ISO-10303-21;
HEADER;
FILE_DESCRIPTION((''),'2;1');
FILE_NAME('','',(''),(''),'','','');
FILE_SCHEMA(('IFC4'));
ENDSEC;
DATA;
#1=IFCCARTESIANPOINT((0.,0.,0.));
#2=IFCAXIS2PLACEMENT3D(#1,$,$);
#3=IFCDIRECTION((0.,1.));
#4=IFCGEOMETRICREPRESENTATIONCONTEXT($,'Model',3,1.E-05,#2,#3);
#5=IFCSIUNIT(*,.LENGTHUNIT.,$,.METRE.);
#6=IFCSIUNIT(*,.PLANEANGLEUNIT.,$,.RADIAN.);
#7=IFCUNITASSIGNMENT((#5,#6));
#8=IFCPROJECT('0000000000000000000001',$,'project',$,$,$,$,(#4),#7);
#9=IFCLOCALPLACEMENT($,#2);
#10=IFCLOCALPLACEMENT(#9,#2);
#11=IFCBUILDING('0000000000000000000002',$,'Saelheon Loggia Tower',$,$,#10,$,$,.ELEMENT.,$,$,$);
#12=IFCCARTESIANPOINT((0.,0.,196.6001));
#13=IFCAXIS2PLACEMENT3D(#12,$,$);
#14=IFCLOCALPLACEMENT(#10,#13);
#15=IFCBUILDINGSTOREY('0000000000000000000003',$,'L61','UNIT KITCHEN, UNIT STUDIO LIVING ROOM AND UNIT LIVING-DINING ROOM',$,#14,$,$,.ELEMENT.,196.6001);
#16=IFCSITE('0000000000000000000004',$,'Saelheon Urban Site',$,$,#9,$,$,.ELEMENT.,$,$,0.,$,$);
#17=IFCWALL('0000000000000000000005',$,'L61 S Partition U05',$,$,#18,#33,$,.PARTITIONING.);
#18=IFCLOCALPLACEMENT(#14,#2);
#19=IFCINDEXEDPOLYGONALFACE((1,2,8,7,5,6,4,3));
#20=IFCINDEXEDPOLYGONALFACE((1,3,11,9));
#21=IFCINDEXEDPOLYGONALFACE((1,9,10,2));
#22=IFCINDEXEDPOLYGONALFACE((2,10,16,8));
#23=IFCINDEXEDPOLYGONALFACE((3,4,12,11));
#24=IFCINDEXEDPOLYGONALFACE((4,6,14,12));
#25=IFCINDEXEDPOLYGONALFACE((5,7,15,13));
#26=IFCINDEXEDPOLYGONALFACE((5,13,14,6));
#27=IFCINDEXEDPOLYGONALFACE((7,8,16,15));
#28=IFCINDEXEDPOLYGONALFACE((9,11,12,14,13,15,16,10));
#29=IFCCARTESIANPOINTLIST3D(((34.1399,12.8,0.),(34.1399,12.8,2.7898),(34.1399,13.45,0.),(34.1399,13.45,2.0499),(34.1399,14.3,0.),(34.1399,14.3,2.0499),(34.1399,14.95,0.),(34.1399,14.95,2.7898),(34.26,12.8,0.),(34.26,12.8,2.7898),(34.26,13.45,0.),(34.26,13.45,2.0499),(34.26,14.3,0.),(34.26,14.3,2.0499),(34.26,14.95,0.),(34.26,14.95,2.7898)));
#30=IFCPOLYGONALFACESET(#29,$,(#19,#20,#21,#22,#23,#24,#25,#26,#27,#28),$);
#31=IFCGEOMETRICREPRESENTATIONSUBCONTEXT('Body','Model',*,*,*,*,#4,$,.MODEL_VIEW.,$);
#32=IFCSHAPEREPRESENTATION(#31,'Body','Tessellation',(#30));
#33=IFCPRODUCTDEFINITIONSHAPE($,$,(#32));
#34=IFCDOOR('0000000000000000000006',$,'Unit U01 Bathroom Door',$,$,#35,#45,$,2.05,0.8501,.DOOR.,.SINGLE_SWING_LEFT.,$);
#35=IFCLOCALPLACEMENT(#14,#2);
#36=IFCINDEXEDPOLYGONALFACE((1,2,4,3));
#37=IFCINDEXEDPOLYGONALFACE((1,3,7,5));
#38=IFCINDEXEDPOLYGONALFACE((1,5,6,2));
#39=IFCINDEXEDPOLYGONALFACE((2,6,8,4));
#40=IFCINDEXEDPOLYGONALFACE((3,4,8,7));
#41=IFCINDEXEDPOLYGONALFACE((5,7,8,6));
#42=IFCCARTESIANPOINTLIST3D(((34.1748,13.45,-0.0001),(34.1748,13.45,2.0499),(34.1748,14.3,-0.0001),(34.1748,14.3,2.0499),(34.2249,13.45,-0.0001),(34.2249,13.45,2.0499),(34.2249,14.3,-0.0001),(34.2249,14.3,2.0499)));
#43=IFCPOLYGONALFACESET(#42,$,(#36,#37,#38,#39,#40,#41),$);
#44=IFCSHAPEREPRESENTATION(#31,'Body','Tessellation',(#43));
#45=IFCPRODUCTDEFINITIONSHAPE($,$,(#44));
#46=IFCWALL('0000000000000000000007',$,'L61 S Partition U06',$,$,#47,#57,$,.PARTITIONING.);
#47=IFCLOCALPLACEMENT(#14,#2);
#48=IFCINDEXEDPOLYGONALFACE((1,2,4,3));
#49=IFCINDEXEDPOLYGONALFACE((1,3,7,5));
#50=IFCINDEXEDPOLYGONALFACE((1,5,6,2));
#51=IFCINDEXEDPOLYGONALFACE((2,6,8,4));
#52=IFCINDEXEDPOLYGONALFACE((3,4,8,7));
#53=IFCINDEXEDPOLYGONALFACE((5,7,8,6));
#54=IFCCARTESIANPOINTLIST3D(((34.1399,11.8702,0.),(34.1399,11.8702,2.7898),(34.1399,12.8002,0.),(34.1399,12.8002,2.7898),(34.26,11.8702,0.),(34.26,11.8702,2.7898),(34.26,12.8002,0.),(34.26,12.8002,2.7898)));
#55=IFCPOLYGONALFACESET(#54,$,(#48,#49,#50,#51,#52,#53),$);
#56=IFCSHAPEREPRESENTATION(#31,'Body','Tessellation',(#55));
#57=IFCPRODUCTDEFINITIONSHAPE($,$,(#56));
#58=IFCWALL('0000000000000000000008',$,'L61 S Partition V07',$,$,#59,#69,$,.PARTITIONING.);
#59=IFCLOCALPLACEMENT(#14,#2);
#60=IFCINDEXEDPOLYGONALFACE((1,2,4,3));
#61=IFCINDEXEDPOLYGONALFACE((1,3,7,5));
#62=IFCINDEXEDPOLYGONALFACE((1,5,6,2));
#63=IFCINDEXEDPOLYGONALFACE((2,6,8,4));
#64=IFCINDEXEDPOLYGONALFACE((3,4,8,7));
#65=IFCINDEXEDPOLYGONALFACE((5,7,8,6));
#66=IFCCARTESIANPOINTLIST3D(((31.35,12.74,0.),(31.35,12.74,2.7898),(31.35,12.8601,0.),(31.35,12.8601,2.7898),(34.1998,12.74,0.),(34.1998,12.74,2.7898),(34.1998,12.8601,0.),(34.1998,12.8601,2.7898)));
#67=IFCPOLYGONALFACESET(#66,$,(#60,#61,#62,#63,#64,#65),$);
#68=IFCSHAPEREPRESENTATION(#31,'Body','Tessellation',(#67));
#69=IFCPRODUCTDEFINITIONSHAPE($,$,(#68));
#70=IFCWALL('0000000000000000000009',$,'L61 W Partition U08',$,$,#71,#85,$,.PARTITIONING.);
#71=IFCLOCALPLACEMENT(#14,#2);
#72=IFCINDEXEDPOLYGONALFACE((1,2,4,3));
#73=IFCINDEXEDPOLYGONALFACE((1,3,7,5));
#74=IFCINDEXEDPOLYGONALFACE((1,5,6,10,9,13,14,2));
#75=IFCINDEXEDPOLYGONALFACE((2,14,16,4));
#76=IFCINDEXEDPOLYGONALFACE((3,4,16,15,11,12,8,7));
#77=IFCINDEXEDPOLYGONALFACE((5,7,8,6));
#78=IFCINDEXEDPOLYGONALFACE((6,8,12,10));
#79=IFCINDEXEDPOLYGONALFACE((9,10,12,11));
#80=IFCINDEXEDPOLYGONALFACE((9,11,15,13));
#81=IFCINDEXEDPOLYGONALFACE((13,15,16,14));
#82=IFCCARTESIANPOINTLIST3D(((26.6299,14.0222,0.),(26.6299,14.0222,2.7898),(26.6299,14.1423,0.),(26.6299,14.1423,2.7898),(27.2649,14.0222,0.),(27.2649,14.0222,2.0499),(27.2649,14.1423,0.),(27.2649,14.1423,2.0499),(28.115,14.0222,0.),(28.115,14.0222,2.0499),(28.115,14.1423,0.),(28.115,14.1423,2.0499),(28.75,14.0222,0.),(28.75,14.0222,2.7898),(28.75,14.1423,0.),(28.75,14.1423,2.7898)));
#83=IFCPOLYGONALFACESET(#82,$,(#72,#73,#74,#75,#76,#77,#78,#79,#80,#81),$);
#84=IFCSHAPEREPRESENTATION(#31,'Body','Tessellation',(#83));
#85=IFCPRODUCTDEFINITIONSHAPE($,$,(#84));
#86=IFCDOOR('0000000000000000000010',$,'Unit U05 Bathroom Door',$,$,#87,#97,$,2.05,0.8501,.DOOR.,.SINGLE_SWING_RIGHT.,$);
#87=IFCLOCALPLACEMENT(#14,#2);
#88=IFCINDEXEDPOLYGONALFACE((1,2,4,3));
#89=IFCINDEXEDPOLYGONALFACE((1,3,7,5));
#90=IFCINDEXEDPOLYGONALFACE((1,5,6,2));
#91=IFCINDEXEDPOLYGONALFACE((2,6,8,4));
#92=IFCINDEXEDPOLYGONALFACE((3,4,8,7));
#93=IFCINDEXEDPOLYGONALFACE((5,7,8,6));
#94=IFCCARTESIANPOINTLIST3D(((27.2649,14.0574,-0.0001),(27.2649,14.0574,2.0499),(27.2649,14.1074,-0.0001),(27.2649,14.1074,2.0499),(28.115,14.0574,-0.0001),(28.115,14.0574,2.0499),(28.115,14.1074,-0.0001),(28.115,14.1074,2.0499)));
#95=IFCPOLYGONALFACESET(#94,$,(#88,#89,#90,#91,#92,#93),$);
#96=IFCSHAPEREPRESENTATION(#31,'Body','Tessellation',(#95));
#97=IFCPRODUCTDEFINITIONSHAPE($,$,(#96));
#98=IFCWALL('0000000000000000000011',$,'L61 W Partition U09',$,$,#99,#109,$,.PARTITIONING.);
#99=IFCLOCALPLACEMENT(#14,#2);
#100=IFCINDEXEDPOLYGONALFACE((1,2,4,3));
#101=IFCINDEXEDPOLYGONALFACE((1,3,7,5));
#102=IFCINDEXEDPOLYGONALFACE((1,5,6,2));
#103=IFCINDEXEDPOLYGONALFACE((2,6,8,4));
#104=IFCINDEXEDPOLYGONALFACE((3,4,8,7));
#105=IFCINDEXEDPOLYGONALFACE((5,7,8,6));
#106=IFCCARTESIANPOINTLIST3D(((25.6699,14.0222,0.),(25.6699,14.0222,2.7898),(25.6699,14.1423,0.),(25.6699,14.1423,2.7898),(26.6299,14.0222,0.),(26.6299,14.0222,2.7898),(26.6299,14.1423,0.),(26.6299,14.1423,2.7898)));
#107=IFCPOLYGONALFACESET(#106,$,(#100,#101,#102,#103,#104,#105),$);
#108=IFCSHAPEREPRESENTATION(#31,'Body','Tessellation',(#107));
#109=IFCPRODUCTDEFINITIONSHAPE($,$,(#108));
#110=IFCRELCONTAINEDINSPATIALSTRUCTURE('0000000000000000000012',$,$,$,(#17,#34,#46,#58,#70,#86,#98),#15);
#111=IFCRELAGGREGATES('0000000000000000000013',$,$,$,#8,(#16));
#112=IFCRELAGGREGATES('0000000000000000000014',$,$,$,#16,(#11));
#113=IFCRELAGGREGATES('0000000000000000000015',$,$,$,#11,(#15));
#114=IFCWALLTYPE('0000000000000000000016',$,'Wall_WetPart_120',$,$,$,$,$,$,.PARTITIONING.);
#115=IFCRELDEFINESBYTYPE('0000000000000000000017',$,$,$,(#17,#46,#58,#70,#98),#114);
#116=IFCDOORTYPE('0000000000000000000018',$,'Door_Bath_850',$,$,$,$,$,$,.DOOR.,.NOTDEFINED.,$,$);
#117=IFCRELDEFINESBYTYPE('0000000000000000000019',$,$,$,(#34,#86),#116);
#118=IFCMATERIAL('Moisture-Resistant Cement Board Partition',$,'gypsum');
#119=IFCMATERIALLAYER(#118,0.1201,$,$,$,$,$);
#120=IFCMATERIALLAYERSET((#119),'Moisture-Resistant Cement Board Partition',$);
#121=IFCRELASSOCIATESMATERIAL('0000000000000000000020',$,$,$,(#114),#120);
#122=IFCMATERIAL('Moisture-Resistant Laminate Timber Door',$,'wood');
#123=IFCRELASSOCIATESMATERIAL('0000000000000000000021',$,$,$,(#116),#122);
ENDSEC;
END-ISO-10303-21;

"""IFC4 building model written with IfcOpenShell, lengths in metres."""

from ifc_helpers import new_model, si_unit, direction, frame, frame_2d, origin, place, context, subcontext, project, spatial, rectangle, extrude, source, transform, mapped, material, layer, layer_set, type_object, element, fill, save


model = new_model("IFC4")

# Units and contexts
model_context = context("Model", 3, precision=1e-05, world=origin(), true_north=direction((0.0, 1.0)))
body_context = subcontext(model_context, "Body", "Model", "MODEL_VIEW")
ifc_project = project(units=[si_unit("LENGTHUNIT", "METRE"), si_unit("PLANEANGLEUNIT", "RADIAN")], contexts=[model_context])

# Site, building, storey
site_placement = place(None, origin())
site = spatial("IfcSite", under=ifc_project, at=site_placement, Name="Saelheon Urban Site", CompositionType="ELEMENT", RefElevation=0.0)
building_placement = place(site_placement, origin())
building = spatial("IfcBuilding", under=site, at=building_placement, Name="Saelheon Loggia Tower", CompositionType="ELEMENT")
storey_placement = place(building_placement, frame((0.0, 0.0, 196.6001)))
storey = spatial("IfcBuildingStorey", under=building, at=storey_placement, Name="L61", Description="UNIT KITCHEN, UNIT STUDIO LIVING ROOM AND UNIT LIVING-DINING ROOM", CompositionType="ELEMENT", Elevation=196.6001)

# Wall, opening, door
ifc_material_1 = material(Name="Moisture-Resistant Cement Board Partition", Category="gypsum")
ifc_layer_1 = layer(ifc_material_1, 0.1201)
ifc_layer_set_1 = layer_set([ifc_layer_1], Name="Moisture-Resistant Cement Board Partition")
wall_type_1 = type_object("IfcWallType", Name="Wall_WetPart_120", PredefinedType="PARTITIONING", material=ifc_layer_set_1)
wall_1_placement = place(storey_placement, frame((34.2, 14.95, 0.0), z_axis=(0.0, 0.0, 1.0), x_axis=(0.0, -1.0, 0.0)))
wall_1 = element("IfcWall", 1, at=wall_1_placement, inside=storey, type_object=wall_type_1, Name="L61 S Partition U05", PredefinedType="PARTITIONING", context=body_context, shape_type="SweptSolid", body=[
    extrude(rectangle(XDim=2.1499, YDim=0.1201, at=frame_2d((1.075, 0.0))), origin(), (0.0, 0.0, 1.0), 2.7898),
])
opening_1_placement = place(wall_1_placement, frame((0.6499, 0.0, 0.0)))
opening_1 = element("IfcOpeningElement", 2, at=opening_1_placement, cuts=wall_1, PredefinedType="OPENING", context=body_context, shape_type="SweptSolid", body=[
    extrude(rectangle(XDim=0.8501, YDim=2.05, at=frame_2d((0.425, 1.0249))), frame((0.0, 0.072, 0.0), z_axis=(0.0, -1.0, 0.0), x_axis=(1.0, 0.0, 0.0)), (0.0, 0.0, 1.0), 0.144),
])
ifc_material_2 = material(Name="Moisture-Resistant Laminate Timber Door", Category="wood")
door_type_1 = type_object("IfcDoorType", Name="Door_Bath_850", OperationType="NOTDEFINED", PredefinedType="DOOR", material=ifc_material_2)
shared_shape_1 = source(origin(), body_context, "Body", "SweptSolid", [
    extrude(rectangle(XDim=0.8501, YDim=2.05, at=frame_2d((0.425, 1.0249))), frame((0.0, 0.0249, 0.0), z_axis=(0.0, -1.0, 0.0), x_axis=(1.0, 0.0, 0.0)), (0.0, 0.0, 1.0), 0.05),
])
door_1_placement = place(opening_1_placement, origin())
door_1 = element("IfcDoor", 3, at=door_1_placement, inside=storey, type_object=door_type_1, Name="Unit U01 Bathroom Door", OperationType="SINGLE_SWING_LEFT", OverallHeight=2.05, OverallWidth=0.8501, PredefinedType="DOOR", context=body_context, shape_type="MappedRepresentation", body=[
    mapped(shared_shape_1, transform((0.0, 0.0, 0.0), scale=1.0)),
])
fill(opening_1, door_1)

# Walls
wall_2_placement = place(storey_placement, frame((34.2, 12.8, 0.0), z_axis=(0.0, 0.0, 1.0), x_axis=(0.0, -1.0, 0.0)))
element("IfcWall", 4, at=wall_2_placement, inside=storey, type_object=wall_type_1, Name="L61 S Partition U06", PredefinedType="PARTITIONING", context=body_context, shape_type="SweptSolid", body=[
    extrude(rectangle(XDim=0.9299, YDim=0.1201, at=frame_2d((0.4648, 0.0))), origin(), (0.0, 0.0, 1.0), 2.7898),
])
wall_3_placement = place(storey_placement, frame((31.3501, 12.8, 0.0), z_axis=(0.0, 0.0, 1.0), x_axis=(1.0, 0.0, 0.0)))
element("IfcWall", 5, at=wall_3_placement, inside=storey, type_object=wall_type_1, Name="L61 S Partition V07", PredefinedType="PARTITIONING", context=body_context, shape_type="SweptSolid", body=[
    extrude(rectangle(XDim=2.8499, YDim=0.1201, at=frame_2d((1.4248, 0.0))), origin(), (0.0, 0.0, 1.0), 2.7898),
])

# Wall, opening, door
wall_4_placement = place(storey_placement, frame((28.75, 14.0823, 0.0), z_axis=(0.0, 0.0, 1.0), x_axis=(-1.0, 0.0, 0.0)))
wall_4 = element("IfcWall", 6, at=wall_4_placement, inside=storey, type_object=wall_type_1, Name="L61 W Partition U08", PredefinedType="PARTITIONING", context=body_context, shape_type="SweptSolid", body=[
    extrude(rectangle(XDim=2.1201, YDim=0.1201, at=frame_2d((1.0601, 0.0))), origin(), (0.0, 0.0, 1.0), 2.7898),
])
opening_2_placement = place(wall_4_placement, frame((0.635, 0.0, 0.0)))
opening_2 = element("IfcOpeningElement", 7, at=opening_2_placement, cuts=wall_4, PredefinedType="OPENING", context=body_context, shape_type="SweptSolid", body=[
    extrude(rectangle(XDim=0.8501, YDim=2.05, at=frame_2d((0.425, 1.0249))), frame((0.0, 0.072, 0.0), z_axis=(0.0, -1.0, 0.0), x_axis=(1.0, 0.0, 0.0)), (0.0, 0.0, 1.0), 0.144),
])
door_2_placement = place(opening_2_placement, origin())
door_2 = element("IfcDoor", 8, at=door_2_placement, inside=storey, type_object=door_type_1, Name="Unit U05 Bathroom Door", OperationType="SINGLE_SWING_RIGHT", OverallHeight=2.05, OverallWidth=0.8501, PredefinedType="DOOR", context=body_context, shape_type="MappedRepresentation", body=[
    mapped(shared_shape_1, transform((0.0, 0.0, 0.0), scale=1.0)),
])
fill(opening_2, door_2)

# Wall
wall_5_placement = place(storey_placement, frame((26.6299, 14.0823, 0.0), z_axis=(0.0, 0.0, 1.0), x_axis=(-1.0, 0.0, 0.0)))
element("IfcWall", 9, at=wall_5_placement, inside=storey, type_object=wall_type_1, Name="L61 W Partition U09", PredefinedType="PARTITIONING", context=body_context, shape_type="SweptSolid", body=[
    extrude(rectangle(XDim=0.96, YDim=0.1201, at=frame_2d((0.48, 0.0))), origin(), (0.0, 0.0, 1.0), 2.7898),
])

save(model, "model.ifc")
